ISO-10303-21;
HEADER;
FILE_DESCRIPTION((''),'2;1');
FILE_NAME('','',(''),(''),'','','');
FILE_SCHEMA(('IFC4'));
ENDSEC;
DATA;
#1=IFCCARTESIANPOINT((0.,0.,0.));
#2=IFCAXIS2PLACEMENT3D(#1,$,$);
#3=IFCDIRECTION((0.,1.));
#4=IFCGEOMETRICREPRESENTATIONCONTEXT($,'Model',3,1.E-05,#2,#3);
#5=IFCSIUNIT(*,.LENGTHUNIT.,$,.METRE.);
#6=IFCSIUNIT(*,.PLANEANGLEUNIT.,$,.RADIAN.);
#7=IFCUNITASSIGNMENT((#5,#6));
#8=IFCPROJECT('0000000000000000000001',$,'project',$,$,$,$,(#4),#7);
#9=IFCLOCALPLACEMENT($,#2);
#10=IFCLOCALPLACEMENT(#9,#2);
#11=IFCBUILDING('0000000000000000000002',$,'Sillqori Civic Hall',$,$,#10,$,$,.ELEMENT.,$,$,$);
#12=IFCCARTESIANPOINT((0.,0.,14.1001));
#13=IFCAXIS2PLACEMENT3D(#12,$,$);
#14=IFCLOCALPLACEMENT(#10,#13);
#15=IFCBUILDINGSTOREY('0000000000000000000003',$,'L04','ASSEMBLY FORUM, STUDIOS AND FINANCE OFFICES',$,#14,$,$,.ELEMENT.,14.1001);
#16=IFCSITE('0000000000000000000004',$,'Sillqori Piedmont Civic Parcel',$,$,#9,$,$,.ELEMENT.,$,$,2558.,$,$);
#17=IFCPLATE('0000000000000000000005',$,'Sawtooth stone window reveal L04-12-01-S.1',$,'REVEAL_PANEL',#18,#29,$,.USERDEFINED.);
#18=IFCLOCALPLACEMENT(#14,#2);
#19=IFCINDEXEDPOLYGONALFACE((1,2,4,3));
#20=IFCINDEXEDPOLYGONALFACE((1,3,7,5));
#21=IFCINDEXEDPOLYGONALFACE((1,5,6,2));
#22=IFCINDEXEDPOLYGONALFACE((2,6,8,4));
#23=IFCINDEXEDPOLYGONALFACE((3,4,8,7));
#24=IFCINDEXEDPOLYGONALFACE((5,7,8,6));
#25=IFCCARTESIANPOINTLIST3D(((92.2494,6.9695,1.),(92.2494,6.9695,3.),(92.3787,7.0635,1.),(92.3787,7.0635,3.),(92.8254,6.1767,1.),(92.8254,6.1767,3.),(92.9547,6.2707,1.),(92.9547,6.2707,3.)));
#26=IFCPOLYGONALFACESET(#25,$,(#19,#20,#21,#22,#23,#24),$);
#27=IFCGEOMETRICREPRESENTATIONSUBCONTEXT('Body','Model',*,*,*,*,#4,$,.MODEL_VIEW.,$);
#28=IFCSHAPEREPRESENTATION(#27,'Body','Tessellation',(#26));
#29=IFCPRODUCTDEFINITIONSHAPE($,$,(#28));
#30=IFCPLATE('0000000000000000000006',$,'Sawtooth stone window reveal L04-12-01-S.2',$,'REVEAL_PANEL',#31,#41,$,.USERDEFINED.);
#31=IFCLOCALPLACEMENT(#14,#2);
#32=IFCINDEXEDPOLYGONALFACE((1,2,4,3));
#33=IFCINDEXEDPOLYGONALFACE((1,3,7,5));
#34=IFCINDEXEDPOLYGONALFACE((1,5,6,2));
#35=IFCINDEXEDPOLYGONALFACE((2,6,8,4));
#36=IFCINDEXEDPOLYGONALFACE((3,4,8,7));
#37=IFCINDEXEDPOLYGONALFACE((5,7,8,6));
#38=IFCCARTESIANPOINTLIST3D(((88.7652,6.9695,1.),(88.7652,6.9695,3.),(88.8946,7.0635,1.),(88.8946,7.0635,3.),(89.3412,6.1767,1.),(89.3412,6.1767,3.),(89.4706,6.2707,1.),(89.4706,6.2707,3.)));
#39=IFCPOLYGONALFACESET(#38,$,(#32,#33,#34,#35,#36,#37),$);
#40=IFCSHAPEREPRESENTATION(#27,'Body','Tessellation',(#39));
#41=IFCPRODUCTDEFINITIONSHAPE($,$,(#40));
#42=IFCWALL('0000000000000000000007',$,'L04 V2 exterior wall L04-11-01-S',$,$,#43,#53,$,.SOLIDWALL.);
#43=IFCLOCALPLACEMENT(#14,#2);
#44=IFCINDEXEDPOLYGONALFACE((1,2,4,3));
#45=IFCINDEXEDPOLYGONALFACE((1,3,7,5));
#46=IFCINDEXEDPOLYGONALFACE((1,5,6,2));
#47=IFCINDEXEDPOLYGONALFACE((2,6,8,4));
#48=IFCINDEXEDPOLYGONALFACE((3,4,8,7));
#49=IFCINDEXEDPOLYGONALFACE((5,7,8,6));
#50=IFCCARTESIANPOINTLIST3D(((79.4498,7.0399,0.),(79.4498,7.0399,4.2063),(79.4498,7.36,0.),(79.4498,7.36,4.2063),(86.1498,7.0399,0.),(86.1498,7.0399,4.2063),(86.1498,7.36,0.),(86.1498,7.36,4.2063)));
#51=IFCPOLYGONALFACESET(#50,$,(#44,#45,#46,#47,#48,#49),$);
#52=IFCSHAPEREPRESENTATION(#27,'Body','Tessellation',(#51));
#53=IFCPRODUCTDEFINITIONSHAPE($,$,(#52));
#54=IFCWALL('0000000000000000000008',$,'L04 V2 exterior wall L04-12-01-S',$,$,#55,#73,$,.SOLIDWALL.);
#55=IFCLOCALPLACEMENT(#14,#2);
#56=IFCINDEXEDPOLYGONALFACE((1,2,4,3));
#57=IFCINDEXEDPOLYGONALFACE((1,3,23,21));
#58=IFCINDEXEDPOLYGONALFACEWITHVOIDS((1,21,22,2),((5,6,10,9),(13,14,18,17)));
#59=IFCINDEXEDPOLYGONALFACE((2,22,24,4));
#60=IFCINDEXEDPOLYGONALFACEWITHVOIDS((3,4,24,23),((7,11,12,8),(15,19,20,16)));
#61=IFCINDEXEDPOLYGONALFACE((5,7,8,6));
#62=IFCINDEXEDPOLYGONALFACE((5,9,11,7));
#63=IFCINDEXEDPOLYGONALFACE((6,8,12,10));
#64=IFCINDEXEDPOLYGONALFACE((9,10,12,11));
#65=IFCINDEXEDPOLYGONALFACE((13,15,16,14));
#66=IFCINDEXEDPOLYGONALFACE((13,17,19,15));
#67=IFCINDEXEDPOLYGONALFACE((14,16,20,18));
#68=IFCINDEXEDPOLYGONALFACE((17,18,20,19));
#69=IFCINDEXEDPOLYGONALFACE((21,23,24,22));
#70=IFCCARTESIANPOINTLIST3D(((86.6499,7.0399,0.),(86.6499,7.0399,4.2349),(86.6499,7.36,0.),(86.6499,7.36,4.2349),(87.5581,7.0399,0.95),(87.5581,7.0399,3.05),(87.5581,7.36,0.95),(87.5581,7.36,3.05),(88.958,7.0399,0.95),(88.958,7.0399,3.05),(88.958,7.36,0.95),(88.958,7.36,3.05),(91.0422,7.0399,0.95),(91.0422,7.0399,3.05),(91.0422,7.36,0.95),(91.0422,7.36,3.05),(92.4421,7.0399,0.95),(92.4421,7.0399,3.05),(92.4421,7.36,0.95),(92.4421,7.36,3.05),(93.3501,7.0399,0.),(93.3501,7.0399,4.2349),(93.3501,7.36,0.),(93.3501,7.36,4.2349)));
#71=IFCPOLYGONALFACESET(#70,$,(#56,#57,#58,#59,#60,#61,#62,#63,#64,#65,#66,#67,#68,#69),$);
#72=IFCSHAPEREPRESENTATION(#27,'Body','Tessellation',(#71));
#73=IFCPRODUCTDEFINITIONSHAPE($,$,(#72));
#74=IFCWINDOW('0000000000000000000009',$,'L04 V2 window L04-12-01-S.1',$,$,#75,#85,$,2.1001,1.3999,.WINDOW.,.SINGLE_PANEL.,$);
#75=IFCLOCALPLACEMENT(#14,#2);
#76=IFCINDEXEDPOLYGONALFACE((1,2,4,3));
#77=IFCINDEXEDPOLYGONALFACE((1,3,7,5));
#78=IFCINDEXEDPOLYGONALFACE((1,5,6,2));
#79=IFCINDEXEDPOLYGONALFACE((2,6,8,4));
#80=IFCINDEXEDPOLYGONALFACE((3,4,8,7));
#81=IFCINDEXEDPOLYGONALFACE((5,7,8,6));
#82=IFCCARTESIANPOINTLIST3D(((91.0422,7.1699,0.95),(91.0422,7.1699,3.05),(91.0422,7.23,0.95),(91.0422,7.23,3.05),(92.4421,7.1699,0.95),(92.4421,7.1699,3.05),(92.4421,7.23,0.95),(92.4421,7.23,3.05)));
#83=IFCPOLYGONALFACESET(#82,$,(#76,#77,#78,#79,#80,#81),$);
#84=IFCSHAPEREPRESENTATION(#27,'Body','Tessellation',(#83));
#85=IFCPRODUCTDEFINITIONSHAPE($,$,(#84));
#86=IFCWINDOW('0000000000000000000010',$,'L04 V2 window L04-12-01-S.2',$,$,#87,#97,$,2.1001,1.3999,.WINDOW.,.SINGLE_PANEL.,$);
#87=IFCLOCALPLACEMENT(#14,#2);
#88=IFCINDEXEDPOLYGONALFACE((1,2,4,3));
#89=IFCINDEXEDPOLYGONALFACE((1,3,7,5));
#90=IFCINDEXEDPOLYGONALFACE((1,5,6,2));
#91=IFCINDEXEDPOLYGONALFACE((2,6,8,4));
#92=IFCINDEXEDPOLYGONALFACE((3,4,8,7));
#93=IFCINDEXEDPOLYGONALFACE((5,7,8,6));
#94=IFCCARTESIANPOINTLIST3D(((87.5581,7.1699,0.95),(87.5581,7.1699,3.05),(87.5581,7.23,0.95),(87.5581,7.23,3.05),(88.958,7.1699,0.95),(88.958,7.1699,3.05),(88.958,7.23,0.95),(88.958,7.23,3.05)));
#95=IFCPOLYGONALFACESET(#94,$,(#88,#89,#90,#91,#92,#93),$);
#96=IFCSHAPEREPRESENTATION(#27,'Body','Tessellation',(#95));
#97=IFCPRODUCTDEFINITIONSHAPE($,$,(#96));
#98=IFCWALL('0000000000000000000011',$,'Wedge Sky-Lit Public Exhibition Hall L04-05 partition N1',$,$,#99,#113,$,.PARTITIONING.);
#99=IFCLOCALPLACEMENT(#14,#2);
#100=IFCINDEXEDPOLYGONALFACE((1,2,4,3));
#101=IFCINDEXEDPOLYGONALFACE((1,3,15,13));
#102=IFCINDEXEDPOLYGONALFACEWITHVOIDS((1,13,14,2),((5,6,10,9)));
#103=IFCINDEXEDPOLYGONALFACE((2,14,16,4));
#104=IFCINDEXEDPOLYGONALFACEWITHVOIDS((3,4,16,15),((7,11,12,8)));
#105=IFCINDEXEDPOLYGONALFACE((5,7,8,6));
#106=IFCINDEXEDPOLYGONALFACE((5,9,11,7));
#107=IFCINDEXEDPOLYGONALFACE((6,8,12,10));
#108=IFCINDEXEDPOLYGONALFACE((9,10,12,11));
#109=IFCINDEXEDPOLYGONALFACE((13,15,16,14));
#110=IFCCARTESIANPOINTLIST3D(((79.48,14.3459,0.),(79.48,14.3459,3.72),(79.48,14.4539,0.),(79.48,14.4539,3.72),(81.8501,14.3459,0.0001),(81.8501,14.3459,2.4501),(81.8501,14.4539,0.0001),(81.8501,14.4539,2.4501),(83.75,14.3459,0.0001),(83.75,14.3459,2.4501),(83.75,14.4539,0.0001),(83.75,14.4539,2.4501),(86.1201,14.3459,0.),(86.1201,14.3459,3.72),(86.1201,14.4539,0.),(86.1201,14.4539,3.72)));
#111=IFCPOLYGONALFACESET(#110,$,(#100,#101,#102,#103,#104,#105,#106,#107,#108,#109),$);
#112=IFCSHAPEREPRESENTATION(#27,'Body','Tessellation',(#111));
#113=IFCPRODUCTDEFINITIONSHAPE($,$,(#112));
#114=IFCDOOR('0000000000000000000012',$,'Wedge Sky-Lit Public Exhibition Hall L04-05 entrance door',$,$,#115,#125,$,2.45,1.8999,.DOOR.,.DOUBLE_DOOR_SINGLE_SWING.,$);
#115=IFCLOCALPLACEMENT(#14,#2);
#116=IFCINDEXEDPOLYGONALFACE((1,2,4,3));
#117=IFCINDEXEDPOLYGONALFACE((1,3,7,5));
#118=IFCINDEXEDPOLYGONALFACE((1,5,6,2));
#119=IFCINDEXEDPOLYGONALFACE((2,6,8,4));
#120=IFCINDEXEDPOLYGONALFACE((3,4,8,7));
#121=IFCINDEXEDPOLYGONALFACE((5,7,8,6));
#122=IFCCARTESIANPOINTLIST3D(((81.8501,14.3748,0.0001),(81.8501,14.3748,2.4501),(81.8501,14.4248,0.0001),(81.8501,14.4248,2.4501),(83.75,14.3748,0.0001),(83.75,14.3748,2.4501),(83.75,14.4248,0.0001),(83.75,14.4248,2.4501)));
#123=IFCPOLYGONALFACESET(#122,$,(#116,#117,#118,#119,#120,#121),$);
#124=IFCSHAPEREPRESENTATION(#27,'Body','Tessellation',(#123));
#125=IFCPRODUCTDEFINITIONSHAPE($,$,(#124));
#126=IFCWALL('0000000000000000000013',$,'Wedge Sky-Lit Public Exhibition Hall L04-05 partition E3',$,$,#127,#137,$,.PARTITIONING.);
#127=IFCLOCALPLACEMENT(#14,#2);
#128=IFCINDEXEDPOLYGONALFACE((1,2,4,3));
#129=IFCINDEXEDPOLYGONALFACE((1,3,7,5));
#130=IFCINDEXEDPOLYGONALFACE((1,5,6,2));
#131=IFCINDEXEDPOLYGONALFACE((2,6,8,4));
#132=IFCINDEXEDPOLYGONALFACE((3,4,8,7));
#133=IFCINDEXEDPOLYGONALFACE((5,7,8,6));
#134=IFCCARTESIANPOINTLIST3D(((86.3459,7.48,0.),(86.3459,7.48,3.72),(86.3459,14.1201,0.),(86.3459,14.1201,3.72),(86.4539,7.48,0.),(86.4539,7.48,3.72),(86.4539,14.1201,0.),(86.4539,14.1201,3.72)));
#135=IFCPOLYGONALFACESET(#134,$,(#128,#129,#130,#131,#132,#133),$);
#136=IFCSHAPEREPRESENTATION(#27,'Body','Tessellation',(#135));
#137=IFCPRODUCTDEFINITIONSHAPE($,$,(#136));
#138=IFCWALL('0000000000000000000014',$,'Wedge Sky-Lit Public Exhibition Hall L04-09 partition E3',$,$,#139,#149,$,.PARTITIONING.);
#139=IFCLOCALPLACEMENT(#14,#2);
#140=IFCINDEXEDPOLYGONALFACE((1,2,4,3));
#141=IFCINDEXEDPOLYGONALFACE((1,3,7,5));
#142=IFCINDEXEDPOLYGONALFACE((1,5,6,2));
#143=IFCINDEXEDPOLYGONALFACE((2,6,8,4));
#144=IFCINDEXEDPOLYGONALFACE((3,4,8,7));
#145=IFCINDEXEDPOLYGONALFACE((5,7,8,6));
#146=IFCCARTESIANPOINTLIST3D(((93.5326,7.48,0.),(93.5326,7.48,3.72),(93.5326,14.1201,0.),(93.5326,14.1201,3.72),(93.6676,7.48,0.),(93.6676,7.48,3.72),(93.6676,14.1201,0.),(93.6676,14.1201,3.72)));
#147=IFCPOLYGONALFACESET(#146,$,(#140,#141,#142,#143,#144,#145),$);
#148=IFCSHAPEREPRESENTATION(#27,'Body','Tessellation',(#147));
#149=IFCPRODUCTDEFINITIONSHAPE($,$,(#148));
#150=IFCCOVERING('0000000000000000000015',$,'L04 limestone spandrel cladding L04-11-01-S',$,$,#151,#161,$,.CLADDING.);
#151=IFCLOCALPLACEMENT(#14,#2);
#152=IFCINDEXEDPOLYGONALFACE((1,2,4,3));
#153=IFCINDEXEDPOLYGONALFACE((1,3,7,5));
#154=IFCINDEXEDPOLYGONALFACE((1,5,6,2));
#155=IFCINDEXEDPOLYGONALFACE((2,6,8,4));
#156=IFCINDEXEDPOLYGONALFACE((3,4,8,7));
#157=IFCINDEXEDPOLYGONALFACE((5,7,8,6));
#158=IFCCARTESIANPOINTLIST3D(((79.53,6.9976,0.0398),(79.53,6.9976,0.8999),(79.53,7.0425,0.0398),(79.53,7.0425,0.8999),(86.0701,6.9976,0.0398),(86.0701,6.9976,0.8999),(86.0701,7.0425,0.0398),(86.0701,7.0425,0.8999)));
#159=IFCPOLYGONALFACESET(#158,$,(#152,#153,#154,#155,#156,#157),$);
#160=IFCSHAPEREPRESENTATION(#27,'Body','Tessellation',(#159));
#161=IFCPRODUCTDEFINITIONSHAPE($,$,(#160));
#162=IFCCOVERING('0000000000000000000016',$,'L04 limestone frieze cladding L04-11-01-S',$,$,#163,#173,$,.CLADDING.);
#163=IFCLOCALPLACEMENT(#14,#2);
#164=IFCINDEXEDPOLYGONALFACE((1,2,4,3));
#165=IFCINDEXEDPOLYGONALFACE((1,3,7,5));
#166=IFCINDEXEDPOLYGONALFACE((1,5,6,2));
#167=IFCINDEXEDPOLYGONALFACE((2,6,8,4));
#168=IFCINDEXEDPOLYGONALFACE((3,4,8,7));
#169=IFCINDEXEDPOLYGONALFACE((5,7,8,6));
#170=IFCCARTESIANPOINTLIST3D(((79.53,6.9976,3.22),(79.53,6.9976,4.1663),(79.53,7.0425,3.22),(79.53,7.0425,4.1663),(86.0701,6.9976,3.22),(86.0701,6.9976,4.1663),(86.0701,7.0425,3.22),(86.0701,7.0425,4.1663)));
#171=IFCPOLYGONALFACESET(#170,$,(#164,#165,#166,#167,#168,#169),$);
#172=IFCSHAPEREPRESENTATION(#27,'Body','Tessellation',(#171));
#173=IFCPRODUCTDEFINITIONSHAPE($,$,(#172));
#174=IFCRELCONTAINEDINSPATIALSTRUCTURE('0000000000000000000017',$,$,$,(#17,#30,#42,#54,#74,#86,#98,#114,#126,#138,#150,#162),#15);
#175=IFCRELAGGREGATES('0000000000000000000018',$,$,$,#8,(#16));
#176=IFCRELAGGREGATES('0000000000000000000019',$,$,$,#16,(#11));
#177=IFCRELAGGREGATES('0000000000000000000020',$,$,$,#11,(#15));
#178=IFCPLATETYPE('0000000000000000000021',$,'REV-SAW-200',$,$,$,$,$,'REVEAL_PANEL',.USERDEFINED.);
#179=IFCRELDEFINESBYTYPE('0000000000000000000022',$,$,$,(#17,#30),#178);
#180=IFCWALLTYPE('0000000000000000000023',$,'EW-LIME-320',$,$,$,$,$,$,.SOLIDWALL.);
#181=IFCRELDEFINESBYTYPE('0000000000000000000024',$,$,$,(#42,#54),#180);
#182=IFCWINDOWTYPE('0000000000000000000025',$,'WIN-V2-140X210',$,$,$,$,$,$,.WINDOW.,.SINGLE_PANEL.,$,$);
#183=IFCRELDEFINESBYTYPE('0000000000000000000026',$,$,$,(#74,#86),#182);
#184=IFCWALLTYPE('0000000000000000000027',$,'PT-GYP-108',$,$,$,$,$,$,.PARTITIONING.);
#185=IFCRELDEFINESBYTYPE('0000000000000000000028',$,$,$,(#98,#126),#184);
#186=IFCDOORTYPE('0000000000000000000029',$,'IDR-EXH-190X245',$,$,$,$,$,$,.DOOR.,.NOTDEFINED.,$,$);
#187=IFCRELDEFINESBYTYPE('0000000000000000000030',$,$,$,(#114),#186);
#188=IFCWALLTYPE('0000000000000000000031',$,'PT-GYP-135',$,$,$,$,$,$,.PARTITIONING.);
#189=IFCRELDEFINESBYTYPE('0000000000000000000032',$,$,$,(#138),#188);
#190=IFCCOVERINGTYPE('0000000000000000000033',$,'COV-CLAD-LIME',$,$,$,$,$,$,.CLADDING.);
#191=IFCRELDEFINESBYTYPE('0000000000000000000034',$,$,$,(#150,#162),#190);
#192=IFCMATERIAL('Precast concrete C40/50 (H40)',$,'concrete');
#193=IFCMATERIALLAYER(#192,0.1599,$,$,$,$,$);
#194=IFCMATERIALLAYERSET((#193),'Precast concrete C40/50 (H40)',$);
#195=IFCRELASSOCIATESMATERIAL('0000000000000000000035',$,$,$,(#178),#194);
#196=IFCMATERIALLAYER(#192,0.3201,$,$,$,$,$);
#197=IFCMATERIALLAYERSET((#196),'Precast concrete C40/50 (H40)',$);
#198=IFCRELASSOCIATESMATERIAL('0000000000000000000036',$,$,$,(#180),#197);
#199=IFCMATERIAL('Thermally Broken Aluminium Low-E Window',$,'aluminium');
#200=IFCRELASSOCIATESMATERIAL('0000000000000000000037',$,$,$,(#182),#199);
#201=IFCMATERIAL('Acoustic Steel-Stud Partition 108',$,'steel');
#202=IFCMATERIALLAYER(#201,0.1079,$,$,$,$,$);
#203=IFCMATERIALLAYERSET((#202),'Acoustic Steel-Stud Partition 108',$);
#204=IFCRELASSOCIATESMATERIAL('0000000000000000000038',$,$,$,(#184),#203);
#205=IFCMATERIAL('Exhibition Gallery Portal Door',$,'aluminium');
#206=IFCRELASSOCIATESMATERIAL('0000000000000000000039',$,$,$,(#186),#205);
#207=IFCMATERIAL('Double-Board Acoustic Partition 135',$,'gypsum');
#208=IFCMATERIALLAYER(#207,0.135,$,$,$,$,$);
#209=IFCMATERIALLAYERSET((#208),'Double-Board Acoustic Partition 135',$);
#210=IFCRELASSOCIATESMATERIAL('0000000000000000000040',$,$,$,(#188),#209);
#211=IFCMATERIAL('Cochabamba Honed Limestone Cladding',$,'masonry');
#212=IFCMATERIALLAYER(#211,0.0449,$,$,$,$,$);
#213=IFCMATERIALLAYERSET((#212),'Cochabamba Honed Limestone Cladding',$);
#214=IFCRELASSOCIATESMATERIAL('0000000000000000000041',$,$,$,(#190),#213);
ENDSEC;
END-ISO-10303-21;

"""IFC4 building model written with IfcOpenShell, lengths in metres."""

from ifc_helpers import new_model, si_unit, direction, frame, frame_2d, origin, origin_2d, place, context, subcontext, project, spatial, rectangle, extrude, material, layer, layer_set, type_object, element, fill, save


model = new_model("IFC4")

# Units and contexts
model_context = context("Model", 3, precision=1e-05, world=origin(), true_north=direction((0.0, 1.0)))
body_context = subcontext(model_context, "Body", "Model", "MODEL_VIEW")
ifc_project = project(units=[si_unit("LENGTHUNIT", "METRE"), si_unit("PLANEANGLEUNIT", "RADIAN")], contexts=[model_context])

# Site, building, storey
site_placement = place(None, origin())
site = spatial("IfcSite", under=ifc_project, at=site_placement, Name="Sillqori Piedmont Civic Parcel", CompositionType="ELEMENT", RefElevation=2558.0)
building_placement = place(site_placement, origin())
building = spatial("IfcBuilding", under=site, at=building_placement, Name="Sillqori Civic Hall", CompositionType="ELEMENT")
storey_placement = place(building_placement, frame((0.0, 0.0, 14.1001)))
storey = spatial("IfcBuildingStorey", under=building, at=storey_placement, Name="L04", Description="ASSEMBLY FORUM, STUDIOS AND FINANCE OFFICES", CompositionType="ELEMENT", Elevation=14.1001)

# Plates
ifc_material_1 = material(Name="Precast concrete C40/50 (H40)", Category="concrete")
ifc_layer_1 = layer(ifc_material_1, 0.1599)
ifc_layer_set_1 = layer_set([ifc_layer_1], Name="Precast concrete C40/50 (H40)")
plate_type = type_object("IfcPlateType", Name="REV-SAW-200", ElementType="REVEAL_PANEL", PredefinedType="USERDEFINED", material=ifc_layer_set_1)
for number, where, z_axis, x_axis, name in (
    (1, (92.6021, 6.6201, 1.0), (0.0, 0.0, 1.0), (-0.809017, -0.587785, 0.0), "Sawtooth stone window reveal L04-12-01-S.1"),
    (2, (89.1179, 6.6201, 1.0), (0.0, 0.0, 1.0), (-0.809017, -0.587785, 0.0), "Sawtooth stone window reveal L04-12-01-S.2"),
):
    element("IfcPlate", number, at=place(storey_placement, frame(where, z_axis=z_axis, x_axis=x_axis)), inside=storey, type_object=plate_type, Name=name, ObjectType="REVEAL_PANEL", PredefinedType="USERDEFINED", context=body_context, shape_type="SweptSolid", body=[
        extrude(rectangle(XDim=0.1599, YDim=0.98, at=origin_2d()), origin(), (0.0, 0.0, 1.0), 2.0),
    ])

# Wall
ifc_layer_2 = layer(ifc_material_1, 0.3201)
ifc_layer_set_2 = layer_set([ifc_layer_2], Name="Precast concrete C40/50 (H40)")
wall_type_1 = type_object("IfcWallType", Name="EW-LIME-320", PredefinedType="SOLIDWALL", material=ifc_layer_set_2)
wall_1_placement = place(storey_placement, frame((86.1499, 7.2, 0.0), z_axis=(0.0, 0.0, 1.0), x_axis=(-1.0, 0.0, 0.0)))
element("IfcWall", 3, at=wall_1_placement, inside=storey, type_object=wall_type_1, Name="L04 V2 exterior wall L04-11-01-S", PredefinedType="SOLIDWALL", context=body_context, shape_type="SweptSolid", body=[
    extrude(rectangle(XDim=6.7, YDim=0.3201, at=frame_2d((3.3501, 0.0))), origin(), (0.0, 0.0, 1.0), 4.2063),
])

# Wall, openings, windows
wall_2_placement = place(storey_placement, frame((93.3501, 7.2, 0.0), z_axis=(0.0, 0.0, 1.0), x_axis=(-1.0, 0.0, 0.0)))
wall_2 = element("IfcWall", 4, at=wall_2_placement, inside=storey, type_object=wall_type_1, Name="L04 V2 exterior wall L04-12-01-S", PredefinedType="SOLIDWALL", context=body_context, shape_type="SweptSolid", body=[
    extrude(rectangle(XDim=6.7002, YDim=0.3201, at=frame_2d((3.3501, 0.0))), origin(), (0.0, 0.0, 1.0), 4.2349),
])
opening_1_placement = place(wall_2_placement, frame((0.908, 0.0, 0.95)))
opening_1 = element("IfcOpeningElement", 5, at=opening_1_placement, cuts=wall_2, PredefinedType="OPENING", context=body_context, shape_type="SweptSolid", body=[
    extrude(rectangle(XDim=1.3999, YDim=2.1001, at=frame_2d((0.7, 1.05))), frame((0.0, 0.1699, 0.0), z_axis=(0.0, -1.0, 0.0), x_axis=(1.0, 0.0, 0.0)), (0.0, 0.0, 1.0), 0.3401),
])
opening_2_placement = place(wall_2_placement, frame((4.3921, 0.0, 0.95)))
opening_2 = element("IfcOpeningElement", 6, at=opening_2_placement, cuts=wall_2, PredefinedType="OPENING", context=body_context, shape_type="SweptSolid", body=[
    extrude(rectangle(XDim=1.3999, YDim=2.1001, at=frame_2d((0.7, 1.05))), frame((0.0, 0.1699, 0.0), z_axis=(0.0, -1.0, 0.0), x_axis=(1.0, 0.0, 0.0)), (0.0, 0.0, 1.0), 0.3401),
])
ifc_material_2 = material(Name="Thermally Broken Aluminium Low-E Window", Category="aluminium")
window_type = type_object("IfcWindowType", Name="WIN-V2-140X210", PartitioningType="SINGLE_PANEL", PredefinedType="WINDOW", material=ifc_material_2)
window_1_placement = place(opening_1_placement, origin())
window_1 = element("IfcWindow", 7, at=window_1_placement, inside=storey, type_object=window_type, Name="L04 V2 window L04-12-01-S.1", OverallHeight=2.1001, OverallWidth=1.3999, PartitioningType="SINGLE_PANEL", PredefinedType="WINDOW", context=body_context, shape_type="SweptSolid", body=[
    extrude(rectangle(XDim=1.3999, YDim=2.1001, at=frame_2d((0.7, 1.05))), frame((0.0, 0.03, 0.0), z_axis=(0.0, -1.0, 0.0), x_axis=(1.0, 0.0, 0.0)), (0.0, 0.0, 1.0), 0.0601),
])
fill(opening_1, window_1)
window_2_placement = place(opening_2_placement, origin())
window_2 = element("IfcWindow", 8, at=window_2_placement, inside=storey, type_object=window_type, Name="L04 V2 window L04-12-01-S.2", OverallHeight=2.1001, OverallWidth=1.3999, PartitioningType="SINGLE_PANEL", PredefinedType="WINDOW", context=body_context, shape_type="SweptSolid", body=[
    extrude(rectangle(XDim=1.3999, YDim=2.1001, at=frame_2d((0.7, 1.05))), frame((0.0, 0.03, 0.0), z_axis=(0.0, -1.0, 0.0), x_axis=(1.0, 0.0, 0.0)), (0.0, 0.0, 1.0), 0.0601),
])
fill(opening_2, window_2)

# Wall, opening, door
ifc_material_3 = material(Name="Acoustic Steel-Stud Partition 108", Category="steel")
ifc_layer_3 = layer(ifc_material_3, 0.1079)
ifc_layer_set_3 = layer_set([ifc_layer_3], Name="Acoustic Steel-Stud Partition 108")
wall_type_2 = type_object("IfcWallType", Name="PT-GYP-108", PredefinedType="PARTITIONING", material=ifc_layer_set_3)
wall_3_placement = place(storey_placement, frame((79.48, 14.3999, 0.0), z_axis=(0.0, 0.0, 1.0), x_axis=(1.0, 0.0, 0.0)))
wall_3 = element("IfcWall", 9, at=wall_3_placement, inside=storey, type_object=wall_type_2, Name="Wedge Sky-Lit Public Exhibition Hall L04-05 partition N1", PredefinedType="PARTITIONING", context=body_context, shape_type="SweptSolid", body=[
    extrude(rectangle(XDim=6.6401, YDim=0.1079, at=frame_2d((3.3201, 0.0))), origin(), (0.0, 0.0, 1.0), 3.72),
])
opening_3_placement = place(wall_3_placement, frame((2.3701, 0.0, 0.0)))
opening_3 = element("IfcOpeningElement", 10, at=opening_3_placement, cuts=wall_3, PredefinedType="OPENING", context=body_context, shape_type="SweptSolid", body=[
    extrude(rectangle(XDim=1.8999, YDim=2.45, at=frame_2d((0.95, 1.2251))), frame((0.0, 0.064, 0.0), z_axis=(0.0, -1.0, 0.0), x_axis=(1.0, 0.0, 0.0)), (0.0, 0.0, 1.0), 0.1279),
])
ifc_material_4 = material(Name="Exhibition Gallery Portal Door", Category="aluminium")
door_type = type_object("IfcDoorType", Name="IDR-EXH-190X245", OperationType="NOTDEFINED", PredefinedType="DOOR", material=ifc_material_4)
door_placement = place(opening_3_placement, origin())
door = element("IfcDoor", 11, at=door_placement, inside=storey, type_object=door_type, Name="Wedge Sky-Lit Public Exhibition Hall L04-05 entrance door", OperationType="DOUBLE_DOOR_SINGLE_SWING", OverallHeight=2.45, OverallWidth=1.8999, PredefinedType="DOOR", context=body_context, shape_type="SweptSolid", body=[
    extrude(rectangle(XDim=1.8999, YDim=2.45, at=frame_2d((0.95, 1.2251))), frame((0.0, 0.0249, 0.0), z_axis=(0.0, -1.0, 0.0), x_axis=(1.0, 0.0, 0.0)), (0.0, 0.0, 1.0), 0.05),
])
fill(opening_3, door)

# Walls
wall_4_placement = place(storey_placement, frame((86.3999, 14.1201, 0.0), z_axis=(0.0, 0.0, 1.0), x_axis=(0.0, -1.0, 0.0)))
element("IfcWall", 12, at=wall_4_placement, inside=storey, type_object=wall_type_2, Name="Wedge Sky-Lit Public Exhibition Hall L04-05 partition E3", PredefinedType="PARTITIONING", context=body_context, shape_type="SweptSolid", body=[
    extrude(rectangle(XDim=6.6401, YDim=0.1079, at=frame_2d((3.3201, 0.0))), origin(), (0.0, 0.0, 1.0), 3.72),
])
ifc_material_5 = material(Name="Double-Board Acoustic Partition 135", Category="gypsum")
ifc_layer_4 = layer(ifc_material_5, 0.135)
ifc_layer_set_4 = layer_set([ifc_layer_4], Name="Double-Board Acoustic Partition 135")
wall_type_3 = type_object("IfcWallType", Name="PT-GYP-135", PredefinedType="PARTITIONING", material=ifc_layer_set_4)
wall_5_placement = place(storey_placement, frame((93.6001, 14.1201, 0.0), z_axis=(0.0, 0.0, 1.0), x_axis=(0.0, -1.0, 0.0)))
element("IfcWall", 13, at=wall_5_placement, inside=storey, type_object=wall_type_3, Name="Wedge Sky-Lit Public Exhibition Hall L04-09 partition E3", PredefinedType="PARTITIONING", context=body_context, shape_type="SweptSolid", body=[
    extrude(rectangle(XDim=6.6401, YDim=0.135, at=frame_2d((3.3201, 0.0))), origin(), (0.0, 0.0, 1.0), 3.72),
])

# Coverings
ifc_material_6 = material(Name="Cochabamba Honed Limestone Cladding", Category="masonry")
ifc_layer_5 = layer(ifc_material_6, 0.0449)
ifc_layer_set_5 = layer_set([ifc_layer_5], Name="Cochabamba Honed Limestone Cladding")
covering_type = type_object("IfcCoveringType", Name="COV-CLAD-LIME", PredefinedType="CLADDING", material=ifc_layer_set_5)
covering_1_placement = place(storey_placement, frame((86.0701, 7.02, 0.0398), z_axis=(0.0, 0.0, 1.0), x_axis=(-1.0, 0.0, 0.0)))
element("IfcCovering", 14, at=covering_1_placement, inside=storey, type_object=covering_type, Name="L04 limestone spandrel cladding L04-11-01-S", PredefinedType="CLADDING", context=body_context, shape_type="SweptSolid", body=[
    extrude(rectangle(XDim=6.54, YDim=0.0449, at=frame_2d((3.27, 0.0))), origin(), (0.0, 0.0, 1.0), 0.8601),
])
covering_2_placement = place(storey_placement, frame((86.0701, 7.02, 3.22), z_axis=(0.0, 0.0, 1.0), x_axis=(-1.0, 0.0, 0.0)))
element("IfcCovering", 15, at=covering_2_placement, inside=storey, type_object=covering_type, Name="L04 limestone frieze cladding L04-11-01-S", PredefinedType="CLADDING", context=body_context, shape_type="SweptSolid", body=[
    extrude(rectangle(XDim=6.54, YDim=0.0449, at=frame_2d((3.27, 0.0))), origin(), (0.0, 0.0, 1.0), 0.9463),
])

save(model, "model.ifc")
